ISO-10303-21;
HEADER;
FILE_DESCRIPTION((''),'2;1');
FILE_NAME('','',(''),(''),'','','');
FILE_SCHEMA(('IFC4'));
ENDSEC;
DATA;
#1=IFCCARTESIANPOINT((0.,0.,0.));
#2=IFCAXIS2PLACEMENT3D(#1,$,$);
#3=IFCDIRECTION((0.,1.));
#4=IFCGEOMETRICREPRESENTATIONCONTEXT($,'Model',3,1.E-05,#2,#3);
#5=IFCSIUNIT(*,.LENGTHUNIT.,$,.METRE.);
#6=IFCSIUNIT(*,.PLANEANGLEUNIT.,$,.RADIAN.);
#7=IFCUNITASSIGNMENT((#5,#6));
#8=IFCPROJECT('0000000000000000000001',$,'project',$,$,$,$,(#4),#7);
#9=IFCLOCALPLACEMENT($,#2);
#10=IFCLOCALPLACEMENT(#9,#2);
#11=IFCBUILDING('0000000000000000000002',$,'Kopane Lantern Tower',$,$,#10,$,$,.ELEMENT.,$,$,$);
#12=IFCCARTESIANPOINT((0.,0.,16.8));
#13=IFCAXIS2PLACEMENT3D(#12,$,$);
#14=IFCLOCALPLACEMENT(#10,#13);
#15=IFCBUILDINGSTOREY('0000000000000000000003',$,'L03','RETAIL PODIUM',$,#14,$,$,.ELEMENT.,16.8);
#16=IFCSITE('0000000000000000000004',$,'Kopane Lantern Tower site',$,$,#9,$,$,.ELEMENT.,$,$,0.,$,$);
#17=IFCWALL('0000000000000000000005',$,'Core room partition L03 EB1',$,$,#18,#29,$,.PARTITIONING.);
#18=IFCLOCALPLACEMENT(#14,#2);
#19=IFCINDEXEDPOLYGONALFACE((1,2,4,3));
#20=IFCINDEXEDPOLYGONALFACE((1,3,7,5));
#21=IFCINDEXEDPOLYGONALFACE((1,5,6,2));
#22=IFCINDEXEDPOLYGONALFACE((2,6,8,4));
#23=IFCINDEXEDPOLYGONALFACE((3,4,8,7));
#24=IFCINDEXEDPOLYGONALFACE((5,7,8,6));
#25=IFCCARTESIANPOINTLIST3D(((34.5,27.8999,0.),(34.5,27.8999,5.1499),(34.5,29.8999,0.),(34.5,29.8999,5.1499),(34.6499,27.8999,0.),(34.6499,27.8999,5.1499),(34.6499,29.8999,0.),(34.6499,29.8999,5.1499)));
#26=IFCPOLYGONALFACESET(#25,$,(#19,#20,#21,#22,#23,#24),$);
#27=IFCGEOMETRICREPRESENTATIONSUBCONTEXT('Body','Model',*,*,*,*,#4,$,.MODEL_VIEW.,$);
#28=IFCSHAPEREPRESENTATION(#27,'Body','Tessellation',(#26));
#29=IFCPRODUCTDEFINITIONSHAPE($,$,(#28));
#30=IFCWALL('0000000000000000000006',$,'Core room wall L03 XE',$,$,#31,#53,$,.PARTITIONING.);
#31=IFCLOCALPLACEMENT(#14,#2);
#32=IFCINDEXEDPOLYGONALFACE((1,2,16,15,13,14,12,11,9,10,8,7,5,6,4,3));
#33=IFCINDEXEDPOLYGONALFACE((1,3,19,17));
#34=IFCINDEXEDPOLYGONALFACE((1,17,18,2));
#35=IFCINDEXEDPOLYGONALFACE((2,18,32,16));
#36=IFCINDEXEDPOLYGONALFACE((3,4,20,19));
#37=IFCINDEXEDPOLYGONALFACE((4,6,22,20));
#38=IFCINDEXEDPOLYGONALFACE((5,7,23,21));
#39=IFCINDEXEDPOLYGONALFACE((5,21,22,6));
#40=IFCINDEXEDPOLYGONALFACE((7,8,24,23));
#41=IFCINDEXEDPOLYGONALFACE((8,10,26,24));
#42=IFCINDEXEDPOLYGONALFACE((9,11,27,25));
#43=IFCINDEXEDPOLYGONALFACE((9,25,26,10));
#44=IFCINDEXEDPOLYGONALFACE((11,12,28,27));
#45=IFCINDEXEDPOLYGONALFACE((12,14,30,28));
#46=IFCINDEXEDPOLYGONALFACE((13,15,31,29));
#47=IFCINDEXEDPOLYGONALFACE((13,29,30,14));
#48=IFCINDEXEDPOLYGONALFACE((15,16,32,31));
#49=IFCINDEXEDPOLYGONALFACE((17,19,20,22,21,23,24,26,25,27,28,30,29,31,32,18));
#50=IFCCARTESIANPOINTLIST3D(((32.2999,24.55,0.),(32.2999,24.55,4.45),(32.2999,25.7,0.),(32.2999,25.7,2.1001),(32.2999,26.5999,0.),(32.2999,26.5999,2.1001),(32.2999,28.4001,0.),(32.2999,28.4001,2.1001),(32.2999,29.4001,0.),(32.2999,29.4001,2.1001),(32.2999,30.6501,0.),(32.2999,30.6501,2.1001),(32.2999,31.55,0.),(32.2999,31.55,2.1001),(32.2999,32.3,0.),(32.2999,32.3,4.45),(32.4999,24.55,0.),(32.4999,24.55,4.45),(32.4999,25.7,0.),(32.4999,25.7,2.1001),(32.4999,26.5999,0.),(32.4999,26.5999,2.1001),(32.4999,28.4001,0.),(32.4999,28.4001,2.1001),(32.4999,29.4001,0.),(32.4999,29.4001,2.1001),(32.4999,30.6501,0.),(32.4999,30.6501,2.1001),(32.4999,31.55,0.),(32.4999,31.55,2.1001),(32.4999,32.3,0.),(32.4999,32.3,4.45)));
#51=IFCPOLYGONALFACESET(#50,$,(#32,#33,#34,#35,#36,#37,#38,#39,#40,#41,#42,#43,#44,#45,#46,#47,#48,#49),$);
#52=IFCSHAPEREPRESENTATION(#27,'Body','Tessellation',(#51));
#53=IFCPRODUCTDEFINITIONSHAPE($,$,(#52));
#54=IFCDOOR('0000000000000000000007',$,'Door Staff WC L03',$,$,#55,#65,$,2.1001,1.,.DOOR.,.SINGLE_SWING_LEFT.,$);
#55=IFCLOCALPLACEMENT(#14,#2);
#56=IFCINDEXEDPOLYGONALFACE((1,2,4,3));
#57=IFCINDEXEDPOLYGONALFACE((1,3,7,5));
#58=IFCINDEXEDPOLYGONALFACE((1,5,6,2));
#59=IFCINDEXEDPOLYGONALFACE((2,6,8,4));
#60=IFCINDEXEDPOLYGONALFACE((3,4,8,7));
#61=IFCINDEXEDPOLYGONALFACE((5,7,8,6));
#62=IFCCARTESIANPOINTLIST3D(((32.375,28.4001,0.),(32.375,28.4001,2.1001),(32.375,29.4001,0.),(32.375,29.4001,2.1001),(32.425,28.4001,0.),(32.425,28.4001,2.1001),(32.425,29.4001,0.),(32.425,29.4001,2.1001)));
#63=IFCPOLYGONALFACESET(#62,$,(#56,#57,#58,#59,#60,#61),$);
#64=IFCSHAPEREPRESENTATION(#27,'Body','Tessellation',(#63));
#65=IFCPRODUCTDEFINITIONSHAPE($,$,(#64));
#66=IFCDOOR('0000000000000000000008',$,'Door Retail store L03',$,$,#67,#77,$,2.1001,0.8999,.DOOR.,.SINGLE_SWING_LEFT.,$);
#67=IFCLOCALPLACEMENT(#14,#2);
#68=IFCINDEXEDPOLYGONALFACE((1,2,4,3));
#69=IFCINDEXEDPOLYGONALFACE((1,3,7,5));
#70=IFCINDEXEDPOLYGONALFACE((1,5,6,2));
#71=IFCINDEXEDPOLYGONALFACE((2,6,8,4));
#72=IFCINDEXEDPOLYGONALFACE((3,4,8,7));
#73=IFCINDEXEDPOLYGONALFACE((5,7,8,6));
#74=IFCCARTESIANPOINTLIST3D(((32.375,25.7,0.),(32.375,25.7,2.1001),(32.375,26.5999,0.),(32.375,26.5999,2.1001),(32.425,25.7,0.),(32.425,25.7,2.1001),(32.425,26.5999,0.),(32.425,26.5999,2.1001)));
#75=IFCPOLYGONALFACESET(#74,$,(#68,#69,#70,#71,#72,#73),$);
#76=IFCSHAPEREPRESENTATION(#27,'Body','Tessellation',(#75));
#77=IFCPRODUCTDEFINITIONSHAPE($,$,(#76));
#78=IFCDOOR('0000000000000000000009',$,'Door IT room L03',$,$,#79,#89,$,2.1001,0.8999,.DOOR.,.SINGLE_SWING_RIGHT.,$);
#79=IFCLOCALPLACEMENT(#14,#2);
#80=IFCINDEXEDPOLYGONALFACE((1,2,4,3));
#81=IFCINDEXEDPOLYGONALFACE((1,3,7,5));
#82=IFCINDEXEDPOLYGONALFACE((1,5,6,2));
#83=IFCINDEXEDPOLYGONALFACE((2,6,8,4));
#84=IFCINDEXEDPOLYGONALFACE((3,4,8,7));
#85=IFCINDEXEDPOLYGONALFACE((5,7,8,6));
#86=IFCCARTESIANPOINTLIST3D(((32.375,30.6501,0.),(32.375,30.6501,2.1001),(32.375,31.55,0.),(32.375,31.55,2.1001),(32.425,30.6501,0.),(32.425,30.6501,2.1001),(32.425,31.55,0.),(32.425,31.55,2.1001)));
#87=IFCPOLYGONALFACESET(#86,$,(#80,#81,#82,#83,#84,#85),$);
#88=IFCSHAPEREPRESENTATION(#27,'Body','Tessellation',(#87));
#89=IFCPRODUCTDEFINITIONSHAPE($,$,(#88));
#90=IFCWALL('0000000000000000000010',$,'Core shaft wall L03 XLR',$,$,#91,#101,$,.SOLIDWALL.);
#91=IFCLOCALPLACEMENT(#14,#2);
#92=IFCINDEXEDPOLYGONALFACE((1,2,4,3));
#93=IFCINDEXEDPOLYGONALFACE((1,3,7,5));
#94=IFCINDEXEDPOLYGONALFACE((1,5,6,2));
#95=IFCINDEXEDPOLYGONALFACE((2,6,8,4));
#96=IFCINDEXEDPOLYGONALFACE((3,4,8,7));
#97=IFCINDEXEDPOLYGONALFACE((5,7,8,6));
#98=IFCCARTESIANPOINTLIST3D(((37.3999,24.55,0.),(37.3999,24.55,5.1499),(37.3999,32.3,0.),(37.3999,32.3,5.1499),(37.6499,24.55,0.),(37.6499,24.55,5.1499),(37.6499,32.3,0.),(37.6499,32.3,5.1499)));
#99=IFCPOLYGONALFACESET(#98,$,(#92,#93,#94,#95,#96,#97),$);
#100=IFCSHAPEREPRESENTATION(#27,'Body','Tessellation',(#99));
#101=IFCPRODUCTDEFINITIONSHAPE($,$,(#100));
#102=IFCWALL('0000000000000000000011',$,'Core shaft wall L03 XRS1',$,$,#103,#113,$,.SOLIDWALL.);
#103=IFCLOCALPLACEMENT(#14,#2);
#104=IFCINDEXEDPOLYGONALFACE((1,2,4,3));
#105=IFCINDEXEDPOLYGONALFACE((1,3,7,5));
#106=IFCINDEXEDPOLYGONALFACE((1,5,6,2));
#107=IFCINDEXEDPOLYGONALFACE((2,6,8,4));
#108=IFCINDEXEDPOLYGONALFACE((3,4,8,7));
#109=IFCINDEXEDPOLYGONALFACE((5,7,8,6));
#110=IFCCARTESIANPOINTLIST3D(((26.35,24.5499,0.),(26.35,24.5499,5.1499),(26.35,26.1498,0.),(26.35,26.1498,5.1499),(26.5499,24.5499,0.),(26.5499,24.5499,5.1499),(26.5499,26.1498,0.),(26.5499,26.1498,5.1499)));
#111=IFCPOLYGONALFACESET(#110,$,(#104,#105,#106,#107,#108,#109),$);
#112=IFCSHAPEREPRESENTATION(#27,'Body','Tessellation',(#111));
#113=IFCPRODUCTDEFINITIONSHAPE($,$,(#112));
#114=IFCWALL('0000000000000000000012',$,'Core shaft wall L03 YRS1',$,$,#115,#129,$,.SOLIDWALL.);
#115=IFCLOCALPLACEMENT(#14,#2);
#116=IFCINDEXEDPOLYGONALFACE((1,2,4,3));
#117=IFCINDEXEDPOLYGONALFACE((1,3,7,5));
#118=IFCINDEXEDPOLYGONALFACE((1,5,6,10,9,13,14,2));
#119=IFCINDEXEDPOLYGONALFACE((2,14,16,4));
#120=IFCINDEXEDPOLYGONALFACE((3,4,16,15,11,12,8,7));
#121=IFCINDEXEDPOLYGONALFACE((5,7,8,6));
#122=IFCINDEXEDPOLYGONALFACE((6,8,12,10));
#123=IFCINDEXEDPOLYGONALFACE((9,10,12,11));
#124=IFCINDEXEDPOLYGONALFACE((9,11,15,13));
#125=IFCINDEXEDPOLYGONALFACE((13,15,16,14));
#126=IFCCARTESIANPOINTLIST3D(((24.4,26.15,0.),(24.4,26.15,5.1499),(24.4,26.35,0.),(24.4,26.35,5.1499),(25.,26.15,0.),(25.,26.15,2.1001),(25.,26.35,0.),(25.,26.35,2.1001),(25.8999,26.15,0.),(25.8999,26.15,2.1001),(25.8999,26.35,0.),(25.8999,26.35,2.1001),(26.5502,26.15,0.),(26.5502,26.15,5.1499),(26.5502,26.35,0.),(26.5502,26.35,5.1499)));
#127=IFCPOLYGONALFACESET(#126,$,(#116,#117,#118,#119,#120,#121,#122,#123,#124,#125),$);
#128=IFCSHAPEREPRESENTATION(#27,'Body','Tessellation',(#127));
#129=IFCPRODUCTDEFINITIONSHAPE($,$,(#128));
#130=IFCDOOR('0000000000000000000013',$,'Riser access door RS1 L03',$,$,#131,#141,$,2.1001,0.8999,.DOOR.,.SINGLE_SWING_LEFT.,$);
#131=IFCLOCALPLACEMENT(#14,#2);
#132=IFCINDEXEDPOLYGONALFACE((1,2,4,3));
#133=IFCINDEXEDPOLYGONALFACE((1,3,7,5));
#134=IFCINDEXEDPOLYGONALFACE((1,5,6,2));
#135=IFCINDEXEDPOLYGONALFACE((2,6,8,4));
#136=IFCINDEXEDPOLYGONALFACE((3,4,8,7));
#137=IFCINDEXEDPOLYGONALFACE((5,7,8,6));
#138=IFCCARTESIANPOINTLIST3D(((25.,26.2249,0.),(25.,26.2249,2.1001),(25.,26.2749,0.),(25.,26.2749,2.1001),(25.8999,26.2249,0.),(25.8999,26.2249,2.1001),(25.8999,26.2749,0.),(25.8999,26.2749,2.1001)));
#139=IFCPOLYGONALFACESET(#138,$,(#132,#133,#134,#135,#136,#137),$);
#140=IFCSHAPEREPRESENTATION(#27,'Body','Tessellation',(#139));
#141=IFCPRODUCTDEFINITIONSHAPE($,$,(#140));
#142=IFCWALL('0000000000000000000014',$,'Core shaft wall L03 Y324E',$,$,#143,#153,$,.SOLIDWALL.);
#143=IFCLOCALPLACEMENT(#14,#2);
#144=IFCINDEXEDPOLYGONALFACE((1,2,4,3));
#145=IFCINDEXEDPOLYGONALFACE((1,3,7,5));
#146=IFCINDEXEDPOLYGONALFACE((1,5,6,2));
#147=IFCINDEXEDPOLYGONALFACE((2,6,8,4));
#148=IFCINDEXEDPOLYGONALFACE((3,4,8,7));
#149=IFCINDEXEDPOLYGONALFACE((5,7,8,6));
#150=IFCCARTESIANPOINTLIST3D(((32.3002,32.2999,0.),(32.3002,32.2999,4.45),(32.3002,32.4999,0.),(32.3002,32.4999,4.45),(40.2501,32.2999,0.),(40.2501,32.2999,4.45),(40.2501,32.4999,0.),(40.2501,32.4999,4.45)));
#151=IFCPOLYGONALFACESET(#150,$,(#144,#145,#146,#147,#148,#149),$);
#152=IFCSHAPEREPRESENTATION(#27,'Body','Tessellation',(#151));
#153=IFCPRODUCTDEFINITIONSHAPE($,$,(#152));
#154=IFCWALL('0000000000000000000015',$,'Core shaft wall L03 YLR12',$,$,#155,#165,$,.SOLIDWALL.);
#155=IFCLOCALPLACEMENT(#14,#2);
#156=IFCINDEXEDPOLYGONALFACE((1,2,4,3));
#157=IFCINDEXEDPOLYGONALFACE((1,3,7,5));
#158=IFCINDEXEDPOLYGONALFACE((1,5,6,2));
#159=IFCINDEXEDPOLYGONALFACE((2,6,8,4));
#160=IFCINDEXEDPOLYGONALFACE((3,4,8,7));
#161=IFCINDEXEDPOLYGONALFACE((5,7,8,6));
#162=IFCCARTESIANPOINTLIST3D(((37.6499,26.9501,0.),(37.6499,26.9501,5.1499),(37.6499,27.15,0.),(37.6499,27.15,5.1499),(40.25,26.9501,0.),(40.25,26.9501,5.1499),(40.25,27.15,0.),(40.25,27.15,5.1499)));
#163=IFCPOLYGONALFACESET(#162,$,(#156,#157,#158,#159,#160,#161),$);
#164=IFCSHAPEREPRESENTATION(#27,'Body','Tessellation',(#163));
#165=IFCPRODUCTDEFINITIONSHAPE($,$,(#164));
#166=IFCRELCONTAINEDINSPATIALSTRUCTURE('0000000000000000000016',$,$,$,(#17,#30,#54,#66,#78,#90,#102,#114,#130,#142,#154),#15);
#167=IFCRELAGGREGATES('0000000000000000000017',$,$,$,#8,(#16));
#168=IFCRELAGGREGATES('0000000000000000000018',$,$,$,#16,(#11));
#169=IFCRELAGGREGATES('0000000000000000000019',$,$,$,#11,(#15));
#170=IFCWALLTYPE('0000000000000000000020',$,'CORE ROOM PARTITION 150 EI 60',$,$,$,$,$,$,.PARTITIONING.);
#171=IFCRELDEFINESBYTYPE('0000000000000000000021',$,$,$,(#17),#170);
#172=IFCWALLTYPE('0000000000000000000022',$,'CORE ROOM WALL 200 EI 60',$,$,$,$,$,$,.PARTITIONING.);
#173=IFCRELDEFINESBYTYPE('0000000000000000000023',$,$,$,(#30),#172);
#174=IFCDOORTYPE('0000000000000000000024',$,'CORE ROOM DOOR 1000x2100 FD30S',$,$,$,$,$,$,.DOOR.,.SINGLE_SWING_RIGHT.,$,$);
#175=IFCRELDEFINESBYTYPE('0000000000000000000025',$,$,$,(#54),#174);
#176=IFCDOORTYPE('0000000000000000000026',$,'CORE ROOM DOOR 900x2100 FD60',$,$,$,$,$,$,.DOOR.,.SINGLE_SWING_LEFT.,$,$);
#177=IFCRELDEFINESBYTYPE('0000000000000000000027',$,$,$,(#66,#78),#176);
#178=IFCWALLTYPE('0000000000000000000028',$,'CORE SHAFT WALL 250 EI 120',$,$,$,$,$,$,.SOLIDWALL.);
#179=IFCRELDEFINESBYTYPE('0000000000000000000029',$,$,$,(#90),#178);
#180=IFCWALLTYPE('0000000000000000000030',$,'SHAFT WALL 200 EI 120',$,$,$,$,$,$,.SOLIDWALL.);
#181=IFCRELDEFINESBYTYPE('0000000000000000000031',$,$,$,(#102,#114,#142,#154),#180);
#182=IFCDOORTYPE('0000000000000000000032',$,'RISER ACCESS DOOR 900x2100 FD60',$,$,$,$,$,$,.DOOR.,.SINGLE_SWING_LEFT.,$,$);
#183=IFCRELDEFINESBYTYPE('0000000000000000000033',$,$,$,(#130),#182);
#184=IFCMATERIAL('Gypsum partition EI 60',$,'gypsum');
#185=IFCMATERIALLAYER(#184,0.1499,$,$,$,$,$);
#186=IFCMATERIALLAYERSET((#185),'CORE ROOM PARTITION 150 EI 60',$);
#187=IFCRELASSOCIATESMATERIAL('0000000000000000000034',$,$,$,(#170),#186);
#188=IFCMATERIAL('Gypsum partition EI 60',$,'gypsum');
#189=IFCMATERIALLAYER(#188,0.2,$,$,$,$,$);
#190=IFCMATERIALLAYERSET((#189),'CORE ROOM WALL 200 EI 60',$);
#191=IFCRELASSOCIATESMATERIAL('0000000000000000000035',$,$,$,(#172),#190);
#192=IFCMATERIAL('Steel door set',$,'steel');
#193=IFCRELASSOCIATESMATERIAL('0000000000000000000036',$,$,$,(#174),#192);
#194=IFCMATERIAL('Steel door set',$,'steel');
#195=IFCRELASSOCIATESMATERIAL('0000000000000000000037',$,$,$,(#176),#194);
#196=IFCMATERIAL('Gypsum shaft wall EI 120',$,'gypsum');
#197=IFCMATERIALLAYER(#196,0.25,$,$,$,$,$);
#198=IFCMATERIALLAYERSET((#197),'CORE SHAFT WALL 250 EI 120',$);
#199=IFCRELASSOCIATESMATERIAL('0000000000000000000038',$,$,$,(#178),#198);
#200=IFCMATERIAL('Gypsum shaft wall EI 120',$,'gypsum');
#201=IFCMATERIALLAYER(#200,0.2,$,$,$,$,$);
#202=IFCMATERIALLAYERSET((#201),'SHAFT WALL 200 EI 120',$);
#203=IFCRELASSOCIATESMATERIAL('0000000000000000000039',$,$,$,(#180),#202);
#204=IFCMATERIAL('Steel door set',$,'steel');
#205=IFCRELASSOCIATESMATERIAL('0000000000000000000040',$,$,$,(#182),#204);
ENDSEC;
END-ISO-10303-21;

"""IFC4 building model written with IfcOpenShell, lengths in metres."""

from ifc_helpers import new_model, si_unit, direction, frame, frame_2d, origin, place, context, subcontext, project, spatial, rectangle, extrude, material, layer, layer_set, type_object, element, fill, save


model = new_model("IFC4")

# Units and contexts
model_context = context("Model", 3, precision=1e-05, world=origin(), true_north=direction((0.0, 1.0)))
body_context = subcontext(model_context, "Body", "Model", "MODEL_VIEW")
ifc_project = project(units=[si_unit("LENGTHUNIT", "METRE"), si_unit("PLANEANGLEUNIT", "RADIAN")], contexts=[model_context])

# Site, building, storey
site_placement = place(None, origin())
site = spatial("IfcSite", under=ifc_project, at=site_placement, Name="Kopane Lantern Tower site", CompositionType="ELEMENT", RefElevation=0.0)
building_placement = place(site_placement, origin())
building = spatial("IfcBuilding", under=site, at=building_placement, Name="Kopane Lantern Tower", CompositionType="ELEMENT")
storey_placement = place(building_placement, frame((0.0, 0.0, 16.8)))
storey = spatial("IfcBuildingStorey", under=building, at=storey_placement, Name="L03", Description="RETAIL PODIUM", CompositionType="ELEMENT", Elevation=16.8)

# Wall
ifc_material_1 = material(Name="Gypsum partition EI 60", Category="gypsum")
ifc_layer_1 = layer(ifc_material_1, 0.1499)
ifc_layer_set_1 = layer_set([ifc_layer_1], Name="CORE ROOM PARTITION 150 EI 60")
wall_type_1 = type_object("IfcWallType", Name="CORE ROOM PARTITION 150 EI 60", PredefinedType="PARTITIONING", material=ifc_layer_set_1)
wall_1_placement = place(storey_placement, frame((34.575, 27.8999, 0.0), z_axis=(0.0, 0.0, 1.0), x_axis=(0.0, 1.0, 0.0)))
element("IfcWall", 1, at=wall_1_placement, inside=storey, type_object=wall_type_1, Name="Core room partition L03 EB1", PredefinedType="PARTITIONING", context=body_context, shape_type="SweptSolid", body=[
    extrude(rectangle(XDim=2.0, YDim=0.1499, at=frame_2d((1.0, 0.0))), origin(), (0.0, 0.0, 1.0), 5.1499),
])

# Wall, openings, doors
ifc_material_2 = material(Name="Gypsum partition EI 60", Category="gypsum")
ifc_layer_2 = layer(ifc_material_2, 0.2)
ifc_layer_set_2 = layer_set([ifc_layer_2], Name="CORE ROOM WALL 200 EI 60")
wall_type_2 = type_object("IfcWallType", Name="CORE ROOM WALL 200 EI 60", PredefinedType="PARTITIONING", material=ifc_layer_set_2)
wall_2_placement = place(storey_placement, frame((32.3999, 24.55, 0.0), z_axis=(0.0, 0.0, 1.0), x_axis=(0.0, 1.0, 0.0)))
wall_2 = element("IfcWall", 2, at=wall_2_placement, inside=storey, type_object=wall_type_2, Name="Core room wall L03 XE", PredefinedType="PARTITIONING", context=body_context, shape_type="SweptSolid", body=[
    extrude(rectangle(XDim=7.75, YDim=0.2, at=frame_2d((3.875, 0.0))), origin(), (0.0, 0.0, 1.0), 4.45),
])
opening_1_placement = place(wall_2_placement, frame((1.1499, 0.0, 0.0)))
opening_1 = element("IfcOpeningElement", 3, at=opening_1_placement, cuts=wall_2, PredefinedType="OPENING", context=body_context, shape_type="SweptSolid", body=[
    extrude(rectangle(XDim=0.8999, YDim=2.1001, at=frame_2d((0.45, 1.05))), frame((0.0, 0.1099, 0.0), z_axis=(0.0, -1.0, 0.0), x_axis=(1.0, 0.0, 0.0)), (0.0, 0.0, 1.0), 0.22),
])
opening_2_placement = place(wall_2_placement, frame((3.8501, 0.0, 0.0)))
opening_2 = element("IfcOpeningElement", 4, at=opening_2_placement, cuts=wall_2, PredefinedType="OPENING", context=body_context, shape_type="SweptSolid", body=[
    extrude(rectangle(XDim=1.0, YDim=2.1001, at=frame_2d((0.5, 1.05))), frame((0.0, 0.1099, 0.0), z_axis=(0.0, -1.0, 0.0), x_axis=(1.0, 0.0, 0.0)), (0.0, 0.0, 1.0), 0.22),
])
opening_3_placement = place(wall_2_placement, frame((6.1001, 0.0, 0.0)))
opening_3 = element("IfcOpeningElement", 5, at=opening_3_placement, cuts=wall_2, PredefinedType="OPENING", context=body_context, shape_type="SweptSolid", body=[
    extrude(rectangle(XDim=0.8999, YDim=2.1001, at=frame_2d((0.45, 1.05))), frame((0.0, 0.1099, 0.0), z_axis=(0.0, -1.0, 0.0), x_axis=(1.0, 0.0, 0.0)), (0.0, 0.0, 1.0), 0.22),
])
ifc_material_3 = material(Name="Steel door set", Category="steel")
door_type_1 = type_object("IfcDoorType", Name="CORE ROOM DOOR 1000x2100 FD30S", OperationType="SINGLE_SWING_RIGHT", PredefinedType="DOOR", material=ifc_material_3)
door_1_placement = place(opening_2_placement, origin())
door_1 = element("IfcDoor", 6, at=door_1_placement, inside=storey, type_object=door_type_1, Name="Door Staff WC L03", OperationType="SINGLE_SWING_LEFT", OverallHeight=2.1001, OverallWidth=1.0, PredefinedType="DOOR", context=body_context, shape_type="SweptSolid", body=[
    extrude(rectangle(XDim=1.0, YDim=2.1001, at=frame_2d((0.5, 1.05))), frame((0.0, 0.0249, 0.0), z_axis=(0.0, -1.0, 0.0), x_axis=(1.0, 0.0, 0.0)), (0.0, 0.0, 1.0), 0.05),
])
fill(opening_2, door_1)
ifc_material_4 = material(Name="Steel door set", Category="steel")
door_type_2 = type_object("IfcDoorType", Name="CORE ROOM DOOR 900x2100 FD60", OperationType="SINGLE_SWING_LEFT", PredefinedType="DOOR", material=ifc_material_4)
door_2_placement = place(opening_1_placement, origin())
door_2 = element("IfcDoor", 7, at=door_2_placement, inside=storey, type_object=door_type_2, Name="Door Retail store L03", OperationType="SINGLE_SWING_LEFT", OverallHeight=2.1001, OverallWidth=0.8999, PredefinedType="DOOR", context=body_context, shape_type="SweptSolid", body=[
    extrude(rectangle(XDim=0.8999, YDim=2.1001, at=frame_2d((0.45, 1.05))), frame((0.0, 0.0249, 0.0), z_axis=(0.0, -1.0, 0.0), x_axis=(1.0, 0.0, 0.0)), (0.0, 0.0, 1.0), 0.05),
])
fill(opening_1, door_2)
door_3_placement = place(opening_3_placement, origin())
door_3 = element("IfcDoor", 8, at=door_3_placement, inside=storey, type_object=door_type_2, Name="Door IT room L03", OperationType="SINGLE_SWING_RIGHT", OverallHeight=2.1001, OverallWidth=0.8999, PredefinedType="DOOR", context=body_context, shape_type="SweptSolid", body=[
    extrude(rectangle(XDim=0.8999, YDim=2.1001, at=frame_2d((0.45, 1.05))), frame((0.0, 0.0249, 0.0), z_axis=(0.0, -1.0, 0.0), x_axis=(1.0, 0.0, 0.0)), (0.0, 0.0, 1.0), 0.05),
])
fill(opening_3, door_3)

# Walls
ifc_material_5 = material(Name="Gypsum shaft wall EI 120", Category="gypsum")
ifc_layer_3 = layer(ifc_material_5, 0.25)
ifc_layer_set_3 = layer_set([ifc_layer_3], Name="CORE SHAFT WALL 250 EI 120")
wall_type_3 = type_object("IfcWallType", Name="CORE SHAFT WALL 250 EI 120", PredefinedType="SOLIDWALL", material=ifc_layer_set_3)
wall_3_placement = place(storey_placement, frame((37.5249, 24.55, 0.0), z_axis=(0.0, 0.0, 1.0), x_axis=(0.0, 1.0, 0.0)))
element("IfcWall", 9, at=wall_3_placement, inside=storey, type_object=wall_type_3, Name="Core shaft wall L03 XLR", PredefinedType="SOLIDWALL", context=body_context, shape_type="SweptSolid", body=[
    extrude(rectangle(XDim=7.75, YDim=0.25, at=frame_2d((3.875, 0.0))), origin(), (0.0, 0.0, 1.0), 5.1499),
])
ifc_material_6 = material(Name="Gypsum shaft wall EI 120", Category="gypsum")
ifc_layer_4 = layer(ifc_material_6, 0.2)
ifc_layer_set_4 = layer_set([ifc_layer_4], Name="SHAFT WALL 200 EI 120")
wall_type_4 = type_object("IfcWallType", Name="SHAFT WALL 200 EI 120", PredefinedType="SOLIDWALL", material=ifc_layer_set_4)
wall_4_placement = place(storey_placement, frame((26.45, 24.55, 0.0), z_axis=(0.0, 0.0, 1.0), x_axis=(0.0, 1.0, 0.0)))
element("IfcWall", 10, at=wall_4_placement, inside=storey, type_object=wall_type_4, Name="Core shaft wall L03 XRS1", PredefinedType="SOLIDWALL", context=body_context, shape_type="SweptSolid", body=[
    extrude(rectangle(XDim=1.5999, YDim=0.2, at=frame_2d((0.7998, 0.0))), origin(), (0.0, 0.0, 1.0), 5.1499),
])

# Wall, opening, door
wall_5_placement = place(storey_placement, frame((24.3999, 26.25, 0.0), z_axis=(0.0, 0.0, 1.0), x_axis=(1.0, 0.0, 0.0)))
wall_5 = element("IfcWall", 11, at=wall_5_placement, inside=storey, type_object=wall_type_4, Name="Core shaft wall L03 YRS1", PredefinedType="SOLIDWALL", context=body_context, shape_type="SweptSolid", body=[
    extrude(rectangle(XDim=2.1501, YDim=0.2, at=frame_2d((1.0752, 0.0))), origin(), (0.0, 0.0, 1.0), 5.1499),
])
opening_4_placement = place(wall_5_placement, frame((0.6001, 0.0, 0.0)))
opening_4 = element("IfcOpeningElement", 12, at=opening_4_placement, cuts=wall_5, PredefinedType="OPENING", context=body_context, shape_type="SweptSolid", body=[
    extrude(rectangle(XDim=0.8999, YDim=2.1001, at=frame_2d((0.45, 1.05))), frame((0.0, 0.1099, 0.0), z_axis=(0.0, -1.0, 0.0), x_axis=(1.0, 0.0, 0.0)), (0.0, 0.0, 1.0), 0.22),
])
ifc_material_7 = material(Name="Steel door set", Category="steel")
door_type_3 = type_object("IfcDoorType", Name="RISER ACCESS DOOR 900x2100 FD60", OperationType="SINGLE_SWING_LEFT", PredefinedType="DOOR", material=ifc_material_7)
door_4_placement = place(opening_4_placement, origin())
door_4 = element("IfcDoor", 13, at=door_4_placement, inside=storey, type_object=door_type_3, Name="Riser access door RS1 L03", OperationType="SINGLE_SWING_LEFT", OverallHeight=2.1001, OverallWidth=0.8999, PredefinedType="DOOR", context=body_context, shape_type="SweptSolid", body=[
    extrude(rectangle(XDim=0.8999, YDim=2.1001, at=frame_2d((0.45, 1.05))), frame((0.0, 0.0249, 0.0), z_axis=(0.0, -1.0, 0.0), x_axis=(1.0, 0.0, 0.0)), (0.0, 0.0, 1.0), 0.05),
])
fill(opening_4, door_4)

# Walls
wall_6_placement = place(storey_placement, frame((32.3, 32.3999, 0.0), z_axis=(0.0, 0.0, 1.0), x_axis=(1.0, 0.0, 0.0)))
element("IfcWall", 14, at=wall_6_placement, inside=storey, type_object=wall_type_4, Name="Core shaft wall L03 Y324E", PredefinedType="SOLIDWALL", context=body_context, shape_type="SweptSolid", body=[
    extrude(rectangle(XDim=7.95, YDim=0.2, at=frame_2d((3.9751, 0.0))), origin(), (0.0, 0.0, 1.0), 4.45),
])
for number, where, z_axis, x_axis, name in (
    (15, (37.6499, 27.05, 0.0), (0.0, 0.0, 1.0), (1.0, 0.0, 0.0), "Core shaft wall L03 YLR12"),
):
    element("IfcWall", number, at=place(storey_placement, frame(where, z_axis=z_axis, x_axis=x_axis)), inside=storey, type_object=wall_type_4, Name=name, PredefinedType="SOLIDWALL", context=body_context, shape_type="SweptSolid", body=[
        extrude(rectangle(XDim=2.6001, YDim=0.2, at=frame_2d((1.3, 0.0))), origin(), (0.0, 0.0, 1.0), 5.1499),
    ])

save(model, "model.ifc")
